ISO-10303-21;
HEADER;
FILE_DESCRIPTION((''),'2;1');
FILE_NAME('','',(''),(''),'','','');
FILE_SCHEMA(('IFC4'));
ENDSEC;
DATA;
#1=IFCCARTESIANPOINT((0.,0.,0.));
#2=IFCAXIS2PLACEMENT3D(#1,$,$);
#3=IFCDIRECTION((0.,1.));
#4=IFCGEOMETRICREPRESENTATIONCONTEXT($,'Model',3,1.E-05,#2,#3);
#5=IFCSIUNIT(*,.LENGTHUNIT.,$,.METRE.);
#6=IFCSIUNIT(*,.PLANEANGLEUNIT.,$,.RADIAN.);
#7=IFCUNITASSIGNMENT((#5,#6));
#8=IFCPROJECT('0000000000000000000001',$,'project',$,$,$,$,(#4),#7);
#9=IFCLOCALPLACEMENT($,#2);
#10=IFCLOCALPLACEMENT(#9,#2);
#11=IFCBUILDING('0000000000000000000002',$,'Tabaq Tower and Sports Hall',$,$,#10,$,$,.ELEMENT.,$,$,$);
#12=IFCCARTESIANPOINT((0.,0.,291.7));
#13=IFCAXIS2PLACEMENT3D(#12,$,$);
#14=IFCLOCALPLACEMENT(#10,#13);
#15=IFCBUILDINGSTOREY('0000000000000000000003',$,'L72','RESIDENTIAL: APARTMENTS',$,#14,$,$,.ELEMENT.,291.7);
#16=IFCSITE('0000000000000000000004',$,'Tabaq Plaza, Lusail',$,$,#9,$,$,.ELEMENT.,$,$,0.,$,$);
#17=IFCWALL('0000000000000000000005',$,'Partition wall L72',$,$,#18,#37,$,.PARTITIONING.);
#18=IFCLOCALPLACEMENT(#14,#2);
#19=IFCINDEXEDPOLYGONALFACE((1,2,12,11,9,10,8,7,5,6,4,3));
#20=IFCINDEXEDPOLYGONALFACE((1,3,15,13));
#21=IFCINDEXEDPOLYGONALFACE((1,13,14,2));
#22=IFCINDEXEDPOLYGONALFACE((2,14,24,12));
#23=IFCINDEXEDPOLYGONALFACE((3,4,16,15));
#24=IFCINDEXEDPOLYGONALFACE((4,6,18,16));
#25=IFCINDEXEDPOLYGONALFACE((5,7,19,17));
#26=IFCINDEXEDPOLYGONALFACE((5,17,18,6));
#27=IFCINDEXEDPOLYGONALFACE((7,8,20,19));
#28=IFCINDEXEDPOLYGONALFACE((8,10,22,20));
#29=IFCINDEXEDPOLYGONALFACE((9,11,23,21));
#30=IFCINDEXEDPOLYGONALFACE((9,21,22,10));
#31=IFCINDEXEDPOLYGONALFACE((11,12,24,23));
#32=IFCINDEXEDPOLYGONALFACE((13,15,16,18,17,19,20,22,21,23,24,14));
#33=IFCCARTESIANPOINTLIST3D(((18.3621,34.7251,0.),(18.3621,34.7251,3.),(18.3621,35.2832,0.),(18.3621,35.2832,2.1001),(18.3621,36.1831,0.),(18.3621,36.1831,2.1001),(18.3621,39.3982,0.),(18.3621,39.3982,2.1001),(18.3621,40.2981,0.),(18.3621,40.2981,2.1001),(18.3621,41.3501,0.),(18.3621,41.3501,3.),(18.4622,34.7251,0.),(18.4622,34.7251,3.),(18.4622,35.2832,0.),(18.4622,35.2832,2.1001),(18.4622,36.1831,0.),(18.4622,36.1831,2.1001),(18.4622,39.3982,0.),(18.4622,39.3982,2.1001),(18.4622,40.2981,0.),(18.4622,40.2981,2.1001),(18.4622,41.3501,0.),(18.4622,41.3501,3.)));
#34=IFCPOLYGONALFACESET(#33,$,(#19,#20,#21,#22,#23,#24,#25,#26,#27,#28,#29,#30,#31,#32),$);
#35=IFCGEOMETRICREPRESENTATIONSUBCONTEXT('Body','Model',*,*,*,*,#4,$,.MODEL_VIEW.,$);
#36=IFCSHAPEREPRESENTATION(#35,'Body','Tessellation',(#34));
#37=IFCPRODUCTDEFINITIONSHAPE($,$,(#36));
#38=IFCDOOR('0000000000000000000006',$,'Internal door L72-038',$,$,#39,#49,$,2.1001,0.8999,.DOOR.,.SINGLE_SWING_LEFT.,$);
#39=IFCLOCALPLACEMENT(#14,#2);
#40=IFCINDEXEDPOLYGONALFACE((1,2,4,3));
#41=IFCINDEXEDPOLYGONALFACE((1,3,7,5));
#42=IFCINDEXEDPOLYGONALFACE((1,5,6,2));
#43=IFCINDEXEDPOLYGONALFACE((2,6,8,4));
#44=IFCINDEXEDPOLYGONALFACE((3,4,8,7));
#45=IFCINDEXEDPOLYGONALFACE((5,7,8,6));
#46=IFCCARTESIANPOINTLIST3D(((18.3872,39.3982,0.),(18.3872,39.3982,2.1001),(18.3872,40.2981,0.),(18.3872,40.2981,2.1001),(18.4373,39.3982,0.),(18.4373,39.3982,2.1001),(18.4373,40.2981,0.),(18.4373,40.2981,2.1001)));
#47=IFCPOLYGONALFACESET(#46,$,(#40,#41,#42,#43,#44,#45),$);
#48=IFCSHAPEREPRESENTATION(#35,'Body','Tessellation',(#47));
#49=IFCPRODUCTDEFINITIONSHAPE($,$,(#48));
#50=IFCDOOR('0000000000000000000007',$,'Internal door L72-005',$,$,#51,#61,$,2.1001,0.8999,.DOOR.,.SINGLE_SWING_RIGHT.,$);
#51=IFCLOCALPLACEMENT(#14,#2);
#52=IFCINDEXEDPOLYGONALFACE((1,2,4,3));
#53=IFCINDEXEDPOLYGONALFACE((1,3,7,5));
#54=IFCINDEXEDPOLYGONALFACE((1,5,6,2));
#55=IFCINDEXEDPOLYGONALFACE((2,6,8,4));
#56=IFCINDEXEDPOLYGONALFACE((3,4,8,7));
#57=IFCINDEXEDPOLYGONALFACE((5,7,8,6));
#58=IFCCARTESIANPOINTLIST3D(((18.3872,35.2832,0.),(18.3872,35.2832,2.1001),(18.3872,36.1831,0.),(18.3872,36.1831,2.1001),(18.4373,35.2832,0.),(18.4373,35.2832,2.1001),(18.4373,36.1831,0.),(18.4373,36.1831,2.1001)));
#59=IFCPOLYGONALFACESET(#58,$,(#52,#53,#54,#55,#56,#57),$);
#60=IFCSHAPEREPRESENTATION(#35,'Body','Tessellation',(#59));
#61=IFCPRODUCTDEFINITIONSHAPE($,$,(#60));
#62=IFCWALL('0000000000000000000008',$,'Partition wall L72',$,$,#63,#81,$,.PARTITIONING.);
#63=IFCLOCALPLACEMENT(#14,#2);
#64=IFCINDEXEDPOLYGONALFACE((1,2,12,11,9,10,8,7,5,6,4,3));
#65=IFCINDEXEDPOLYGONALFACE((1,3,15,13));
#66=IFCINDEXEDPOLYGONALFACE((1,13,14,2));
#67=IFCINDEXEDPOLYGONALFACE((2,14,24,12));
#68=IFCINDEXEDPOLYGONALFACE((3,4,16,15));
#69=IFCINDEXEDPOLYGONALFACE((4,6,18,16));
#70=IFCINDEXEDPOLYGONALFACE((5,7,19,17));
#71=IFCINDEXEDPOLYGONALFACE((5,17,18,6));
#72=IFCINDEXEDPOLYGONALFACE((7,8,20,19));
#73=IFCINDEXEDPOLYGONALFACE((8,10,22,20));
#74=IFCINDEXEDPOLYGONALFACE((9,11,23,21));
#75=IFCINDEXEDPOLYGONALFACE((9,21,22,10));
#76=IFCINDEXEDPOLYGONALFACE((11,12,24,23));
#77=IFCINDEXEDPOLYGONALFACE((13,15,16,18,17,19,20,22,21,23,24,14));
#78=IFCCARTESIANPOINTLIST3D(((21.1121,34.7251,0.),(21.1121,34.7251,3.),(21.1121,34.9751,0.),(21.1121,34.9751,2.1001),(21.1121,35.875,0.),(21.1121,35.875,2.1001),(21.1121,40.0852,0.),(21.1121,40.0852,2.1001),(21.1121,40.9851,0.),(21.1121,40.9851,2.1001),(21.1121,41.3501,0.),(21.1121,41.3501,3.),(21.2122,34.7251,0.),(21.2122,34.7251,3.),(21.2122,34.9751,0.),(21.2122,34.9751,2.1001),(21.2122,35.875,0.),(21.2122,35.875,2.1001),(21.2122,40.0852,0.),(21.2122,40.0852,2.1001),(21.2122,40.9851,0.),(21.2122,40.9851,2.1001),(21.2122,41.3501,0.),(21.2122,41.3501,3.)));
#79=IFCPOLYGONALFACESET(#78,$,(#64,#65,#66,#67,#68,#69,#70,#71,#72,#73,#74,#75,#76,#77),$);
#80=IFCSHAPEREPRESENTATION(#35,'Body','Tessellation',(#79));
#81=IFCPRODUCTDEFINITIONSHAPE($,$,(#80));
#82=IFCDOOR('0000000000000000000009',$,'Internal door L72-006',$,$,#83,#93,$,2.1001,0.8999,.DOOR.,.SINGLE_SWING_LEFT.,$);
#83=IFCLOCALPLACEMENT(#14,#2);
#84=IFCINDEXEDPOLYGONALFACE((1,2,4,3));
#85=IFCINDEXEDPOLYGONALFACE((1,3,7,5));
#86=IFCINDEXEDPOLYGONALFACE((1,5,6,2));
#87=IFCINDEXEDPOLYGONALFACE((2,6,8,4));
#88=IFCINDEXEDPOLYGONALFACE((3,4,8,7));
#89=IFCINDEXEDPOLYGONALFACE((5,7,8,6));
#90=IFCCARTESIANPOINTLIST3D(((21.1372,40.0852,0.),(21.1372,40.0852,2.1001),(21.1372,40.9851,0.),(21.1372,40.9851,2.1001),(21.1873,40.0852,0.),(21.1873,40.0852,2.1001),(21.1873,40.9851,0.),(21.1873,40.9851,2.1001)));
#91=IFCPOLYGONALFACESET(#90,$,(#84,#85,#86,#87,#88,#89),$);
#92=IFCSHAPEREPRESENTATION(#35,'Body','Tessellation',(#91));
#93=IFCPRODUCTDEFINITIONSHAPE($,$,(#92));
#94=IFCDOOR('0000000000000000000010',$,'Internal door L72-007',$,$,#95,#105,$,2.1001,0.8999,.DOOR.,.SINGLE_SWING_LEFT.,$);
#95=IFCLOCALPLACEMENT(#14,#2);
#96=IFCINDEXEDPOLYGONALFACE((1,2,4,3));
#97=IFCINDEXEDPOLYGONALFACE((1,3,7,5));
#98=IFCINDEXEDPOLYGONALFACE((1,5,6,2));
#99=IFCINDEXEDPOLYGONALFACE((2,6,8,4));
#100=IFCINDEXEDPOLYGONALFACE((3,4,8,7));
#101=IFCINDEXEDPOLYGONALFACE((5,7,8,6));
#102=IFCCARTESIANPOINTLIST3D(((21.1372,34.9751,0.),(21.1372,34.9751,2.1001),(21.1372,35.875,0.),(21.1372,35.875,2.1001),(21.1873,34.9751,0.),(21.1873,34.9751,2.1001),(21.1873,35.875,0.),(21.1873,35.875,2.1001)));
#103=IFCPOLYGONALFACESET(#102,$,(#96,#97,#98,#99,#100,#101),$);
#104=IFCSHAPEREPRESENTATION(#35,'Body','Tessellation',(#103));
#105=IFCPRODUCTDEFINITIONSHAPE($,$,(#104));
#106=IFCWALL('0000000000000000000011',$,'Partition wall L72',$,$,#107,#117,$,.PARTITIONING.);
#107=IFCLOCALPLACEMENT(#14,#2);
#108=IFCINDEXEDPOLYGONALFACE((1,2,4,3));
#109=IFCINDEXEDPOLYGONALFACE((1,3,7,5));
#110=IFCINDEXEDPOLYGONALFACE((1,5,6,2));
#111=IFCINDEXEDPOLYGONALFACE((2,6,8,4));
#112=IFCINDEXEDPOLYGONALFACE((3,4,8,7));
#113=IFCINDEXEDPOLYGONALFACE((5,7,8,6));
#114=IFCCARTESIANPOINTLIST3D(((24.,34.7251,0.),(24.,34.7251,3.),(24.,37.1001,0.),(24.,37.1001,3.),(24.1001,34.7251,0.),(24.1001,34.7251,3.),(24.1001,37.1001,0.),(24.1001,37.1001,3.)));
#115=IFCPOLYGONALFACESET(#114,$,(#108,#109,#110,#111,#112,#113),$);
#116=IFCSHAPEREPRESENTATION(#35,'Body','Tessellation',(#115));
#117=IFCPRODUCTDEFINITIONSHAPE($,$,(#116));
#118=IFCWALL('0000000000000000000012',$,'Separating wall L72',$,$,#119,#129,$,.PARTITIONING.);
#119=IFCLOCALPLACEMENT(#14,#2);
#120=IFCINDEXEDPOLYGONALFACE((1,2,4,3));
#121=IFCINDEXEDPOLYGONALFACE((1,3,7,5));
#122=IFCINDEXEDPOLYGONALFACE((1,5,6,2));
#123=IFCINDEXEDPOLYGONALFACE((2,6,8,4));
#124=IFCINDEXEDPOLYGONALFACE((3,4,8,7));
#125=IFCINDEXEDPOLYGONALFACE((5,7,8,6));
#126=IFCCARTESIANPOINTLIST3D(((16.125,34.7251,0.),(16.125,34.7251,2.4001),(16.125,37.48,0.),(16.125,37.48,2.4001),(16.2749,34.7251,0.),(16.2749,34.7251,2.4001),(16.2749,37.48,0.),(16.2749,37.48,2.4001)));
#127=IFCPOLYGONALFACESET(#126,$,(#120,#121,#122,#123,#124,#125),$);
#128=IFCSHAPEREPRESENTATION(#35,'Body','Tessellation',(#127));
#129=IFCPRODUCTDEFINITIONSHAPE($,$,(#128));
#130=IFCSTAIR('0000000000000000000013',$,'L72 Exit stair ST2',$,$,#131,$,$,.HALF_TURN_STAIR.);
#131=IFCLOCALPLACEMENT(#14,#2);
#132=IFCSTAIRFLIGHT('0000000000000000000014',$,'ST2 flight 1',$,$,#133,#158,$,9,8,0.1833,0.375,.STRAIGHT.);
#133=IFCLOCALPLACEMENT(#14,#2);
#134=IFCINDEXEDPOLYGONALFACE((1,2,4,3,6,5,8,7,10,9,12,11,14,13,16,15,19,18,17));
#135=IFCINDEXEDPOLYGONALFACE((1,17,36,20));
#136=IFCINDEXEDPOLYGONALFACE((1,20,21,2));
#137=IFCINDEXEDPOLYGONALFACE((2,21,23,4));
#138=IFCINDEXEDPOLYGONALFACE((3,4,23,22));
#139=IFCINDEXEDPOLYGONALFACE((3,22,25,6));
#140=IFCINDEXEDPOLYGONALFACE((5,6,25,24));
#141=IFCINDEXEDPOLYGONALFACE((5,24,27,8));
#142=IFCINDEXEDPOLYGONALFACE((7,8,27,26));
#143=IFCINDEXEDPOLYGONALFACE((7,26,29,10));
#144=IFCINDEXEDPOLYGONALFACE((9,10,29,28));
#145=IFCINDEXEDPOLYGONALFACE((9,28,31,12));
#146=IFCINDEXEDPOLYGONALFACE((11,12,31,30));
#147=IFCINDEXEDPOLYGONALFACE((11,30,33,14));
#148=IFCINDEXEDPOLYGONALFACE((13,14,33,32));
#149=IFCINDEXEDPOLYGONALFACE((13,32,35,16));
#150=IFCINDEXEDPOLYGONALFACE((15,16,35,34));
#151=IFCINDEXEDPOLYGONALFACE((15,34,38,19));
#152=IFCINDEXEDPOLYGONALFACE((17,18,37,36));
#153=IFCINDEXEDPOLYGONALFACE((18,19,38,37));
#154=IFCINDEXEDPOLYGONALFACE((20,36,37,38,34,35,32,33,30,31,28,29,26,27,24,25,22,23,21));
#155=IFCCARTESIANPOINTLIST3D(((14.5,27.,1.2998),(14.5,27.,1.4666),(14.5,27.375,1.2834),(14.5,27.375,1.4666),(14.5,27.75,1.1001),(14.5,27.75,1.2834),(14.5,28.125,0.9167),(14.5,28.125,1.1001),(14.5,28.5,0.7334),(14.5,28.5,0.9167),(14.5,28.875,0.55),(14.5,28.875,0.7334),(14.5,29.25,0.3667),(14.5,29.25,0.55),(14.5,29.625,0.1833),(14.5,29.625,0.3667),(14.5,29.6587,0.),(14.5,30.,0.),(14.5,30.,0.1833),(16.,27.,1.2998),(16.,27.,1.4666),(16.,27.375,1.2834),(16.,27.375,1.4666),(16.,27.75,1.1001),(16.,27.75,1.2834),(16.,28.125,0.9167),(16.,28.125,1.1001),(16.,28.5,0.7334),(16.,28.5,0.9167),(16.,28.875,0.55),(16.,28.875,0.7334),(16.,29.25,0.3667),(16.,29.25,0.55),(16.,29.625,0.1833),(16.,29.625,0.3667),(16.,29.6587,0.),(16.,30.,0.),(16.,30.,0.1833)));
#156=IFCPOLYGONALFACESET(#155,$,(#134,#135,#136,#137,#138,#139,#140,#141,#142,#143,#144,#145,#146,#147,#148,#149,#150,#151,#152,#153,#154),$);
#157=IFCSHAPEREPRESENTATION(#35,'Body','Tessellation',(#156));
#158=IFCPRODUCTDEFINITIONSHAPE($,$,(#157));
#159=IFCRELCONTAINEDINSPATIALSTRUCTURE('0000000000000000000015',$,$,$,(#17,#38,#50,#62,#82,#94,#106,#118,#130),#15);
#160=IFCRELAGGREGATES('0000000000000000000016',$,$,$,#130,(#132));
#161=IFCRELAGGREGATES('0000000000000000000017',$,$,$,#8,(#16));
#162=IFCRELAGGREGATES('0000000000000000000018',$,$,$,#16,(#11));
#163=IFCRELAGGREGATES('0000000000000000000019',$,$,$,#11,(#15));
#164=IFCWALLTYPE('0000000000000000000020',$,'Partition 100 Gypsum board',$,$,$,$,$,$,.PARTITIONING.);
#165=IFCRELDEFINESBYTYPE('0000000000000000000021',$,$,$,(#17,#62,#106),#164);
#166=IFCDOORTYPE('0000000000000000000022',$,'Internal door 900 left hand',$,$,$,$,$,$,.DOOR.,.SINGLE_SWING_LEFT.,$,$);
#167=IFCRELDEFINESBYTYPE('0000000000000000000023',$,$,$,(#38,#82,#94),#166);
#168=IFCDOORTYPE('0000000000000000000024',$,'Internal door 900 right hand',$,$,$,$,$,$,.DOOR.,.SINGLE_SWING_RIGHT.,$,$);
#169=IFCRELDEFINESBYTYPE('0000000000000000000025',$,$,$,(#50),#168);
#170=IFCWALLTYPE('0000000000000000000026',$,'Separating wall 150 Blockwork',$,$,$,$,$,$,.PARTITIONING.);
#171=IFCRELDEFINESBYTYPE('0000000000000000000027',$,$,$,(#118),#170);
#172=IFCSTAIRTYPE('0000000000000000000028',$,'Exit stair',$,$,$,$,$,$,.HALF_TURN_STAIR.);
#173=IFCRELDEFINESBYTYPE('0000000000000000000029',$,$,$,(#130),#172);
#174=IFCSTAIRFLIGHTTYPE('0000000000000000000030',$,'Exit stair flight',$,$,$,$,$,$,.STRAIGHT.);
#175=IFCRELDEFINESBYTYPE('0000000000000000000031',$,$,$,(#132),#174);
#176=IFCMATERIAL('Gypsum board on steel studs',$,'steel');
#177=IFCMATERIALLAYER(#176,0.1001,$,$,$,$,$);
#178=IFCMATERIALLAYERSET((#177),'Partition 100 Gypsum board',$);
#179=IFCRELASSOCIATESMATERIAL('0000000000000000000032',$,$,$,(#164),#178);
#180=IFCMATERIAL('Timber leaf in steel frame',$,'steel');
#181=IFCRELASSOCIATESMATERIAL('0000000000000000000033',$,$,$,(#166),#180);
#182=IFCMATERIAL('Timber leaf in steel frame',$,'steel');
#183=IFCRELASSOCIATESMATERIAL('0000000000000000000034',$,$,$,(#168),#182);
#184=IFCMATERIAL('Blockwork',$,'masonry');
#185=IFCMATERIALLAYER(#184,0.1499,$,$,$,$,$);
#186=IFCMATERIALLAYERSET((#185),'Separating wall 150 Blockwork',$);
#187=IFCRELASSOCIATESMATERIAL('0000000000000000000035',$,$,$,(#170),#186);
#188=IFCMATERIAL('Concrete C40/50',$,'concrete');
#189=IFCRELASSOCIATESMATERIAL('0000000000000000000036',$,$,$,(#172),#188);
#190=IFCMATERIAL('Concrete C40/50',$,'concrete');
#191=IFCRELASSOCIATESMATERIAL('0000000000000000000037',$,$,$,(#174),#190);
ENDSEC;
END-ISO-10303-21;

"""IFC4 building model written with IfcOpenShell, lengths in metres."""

from ifc_helpers import new_model, si_unit, direction, frame, frame_2d, origin, place, context, subcontext, project, spatial, polyline, rectangle, outline, extrude, material, layer, layer_set, type_object, element, fill, aggregate, save


model = new_model("IFC4")

# Units and contexts
model_context = context("Model", 3, precision=1e-05, world=origin(), true_north=direction((0.0, 1.0)))
body_context = subcontext(model_context, "Body", "Model", "MODEL_VIEW")
ifc_project = project(units=[si_unit("LENGTHUNIT", "METRE"), si_unit("PLANEANGLEUNIT", "RADIAN")], contexts=[model_context])

# Site, building, storey
site_placement = place(None, origin())
site = spatial("IfcSite", under=ifc_project, at=site_placement, Name="Tabaq Plaza, Lusail", CompositionType="ELEMENT", RefElevation=0.0)
building_placement = place(site_placement, origin())
building = spatial("IfcBuilding", under=site, at=building_placement, Name="Tabaq Tower and Sports Hall", CompositionType="ELEMENT")
storey_placement = place(building_placement, frame((0.0, 0.0, 291.7)))
storey = spatial("IfcBuildingStorey", under=building, at=storey_placement, Name="L72", Description="RESIDENTIAL: APARTMENTS", CompositionType="ELEMENT", Elevation=291.7)

# Shared definitions
ifc_material_1 = material(Name="Gypsum board on steel studs", Category="steel")
ifc_layer_1 = layer(ifc_material_1, 0.1001)
ifc_layer_set_1 = layer_set([ifc_layer_1], Name="Partition 100 Gypsum board")
wall_type_1 = type_object("IfcWallType", Name="Partition 100 Gypsum board", PredefinedType="PARTITIONING", material=ifc_layer_set_1)

# Walls, openings, doors
wall_1_placement = place(storey_placement, frame((18.4121, 34.7251, 0.0), z_axis=(0.0, 0.0, 1.0), x_axis=(0.0, 1.0, 0.0)))
wall_1 = element("IfcWall", 1, at=wall_1_placement, inside=storey, type_object=wall_type_1, Name="Partition wall L72", PredefinedType="PARTITIONING", context=body_context, shape_type="SweptSolid", body=[
    extrude(rectangle(XDim=6.625, YDim=0.1001, at=frame_2d((3.3125, 0.0))), origin(), (0.0, 0.0, 1.0), 3.0),
])
opening_1_placement = place(wall_1_placement, frame((0.5581, 0.0, 0.0)))
opening_1 = element("IfcOpeningElement", 2, at=opening_1_placement, cuts=wall_1, PredefinedType="OPENING", context=body_context, shape_type="SweptSolid", body=[
    extrude(rectangle(XDim=0.8999, YDim=2.1001, at=frame_2d((0.45, 1.05))), frame((0.0, 0.05, 0.0), z_axis=(0.0, -1.0, 0.0), x_axis=(1.0, 0.0, 0.0)), (0.0, 0.0, 1.0), 0.1001),
])
opening_2_placement = place(wall_1_placement, frame((4.6731, 0.0, 0.0)))
opening_2 = element("IfcOpeningElement", 3, at=opening_2_placement, cuts=wall_1, PredefinedType="OPENING", context=body_context, shape_type="SweptSolid", body=[
    extrude(rectangle(XDim=0.8999, YDim=2.1001, at=frame_2d((0.45, 1.05))), frame((0.0, 0.05, 0.0), z_axis=(0.0, -1.0, 0.0), x_axis=(1.0, 0.0, 0.0)), (0.0, 0.0, 1.0), 0.1001),
])
ifc_material_2 = material(Name="Timber leaf in steel frame", Category="steel")
door_type_1 = type_object("IfcDoorType", Name="Internal door 900 left hand", OperationType="SINGLE_SWING_LEFT", PredefinedType="DOOR", material=ifc_material_2)
door_1_placement = place(opening_2_placement, origin())
door_1 = element("IfcDoor", 4, at=door_1_placement, inside=storey, type_object=door_type_1, Name="Internal door L72-038", OperationType="SINGLE_SWING_LEFT", OverallHeight=2.1001, OverallWidth=0.8999, PredefinedType="DOOR", context=body_context, shape_type="SweptSolid", body=[
    extrude(rectangle(XDim=0.8999, YDim=2.1001, at=frame_2d((0.45, 1.05))), frame((0.0, 0.0249, 0.0), z_axis=(0.0, -1.0, 0.0), x_axis=(1.0, 0.0, 0.0)), (0.0, 0.0, 1.0), 0.05),
])
fill(opening_2, door_1)
ifc_material_3 = material(Name="Timber leaf in steel frame", Category="steel")
door_type_2 = type_object("IfcDoorType", Name="Internal door 900 right hand", OperationType="SINGLE_SWING_RIGHT", PredefinedType="DOOR", material=ifc_material_3)
door_2_placement = place(opening_1_placement, origin())
door_2 = element("IfcDoor", 5, at=door_2_placement, inside=storey, type_object=door_type_2, Name="Internal door L72-005", OperationType="SINGLE_SWING_RIGHT", OverallHeight=2.1001, OverallWidth=0.8999, PredefinedType="DOOR", context=body_context, shape_type="SweptSolid", body=[
    extrude(rectangle(XDim=0.8999, YDim=2.1001, at=frame_2d((0.45, 1.05))), frame((0.0, 0.0249, 0.0), z_axis=(0.0, -1.0, 0.0), x_axis=(1.0, 0.0, 0.0)), (0.0, 0.0, 1.0), 0.05),
])
fill(opening_1, door_2)
wall_2_placement = place(storey_placement, frame((21.1621, 34.7251, 0.0), z_axis=(0.0, 0.0, 1.0), x_axis=(0.0, 1.0, 0.0)))
wall_2 = element("IfcWall", 6, at=wall_2_placement, inside=storey, type_object=wall_type_1, Name="Partition wall L72", PredefinedType="PARTITIONING", context=body_context, shape_type="SweptSolid", body=[
    extrude(rectangle(XDim=6.625, YDim=0.1001, at=frame_2d((3.3125, 0.0))), origin(), (0.0, 0.0, 1.0), 3.0),
])
opening_3_placement = place(wall_2_placement, frame((5.3601, 0.0, 0.0)))
opening_3 = element("IfcOpeningElement", 7, at=opening_3_placement, cuts=wall_2, PredefinedType="OPENING", context=body_context, shape_type="SweptSolid", body=[
    extrude(rectangle(XDim=0.8999, YDim=2.1001, at=frame_2d((0.45, 1.05))), frame((0.0, 0.05, 0.0), z_axis=(0.0, -1.0, 0.0), x_axis=(1.0, 0.0, 0.0)), (0.0, 0.0, 1.0), 0.1001),
])
opening_4_placement = place(wall_2_placement, frame((0.25, 0.0, 0.0)))
opening_4 = element("IfcOpeningElement", 8, at=opening_4_placement, cuts=wall_2, PredefinedType="OPENING", context=body_context, shape_type="SweptSolid", body=[
    extrude(rectangle(XDim=0.8999, YDim=2.1001, at=frame_2d((0.45, 1.05))), frame((0.0, 0.05, 0.0), z_axis=(0.0, -1.0, 0.0), x_axis=(1.0, 0.0, 0.0)), (0.0, 0.0, 1.0), 0.1001),
])
door_3_placement = place(opening_3_placement, origin())
door_3 = element("IfcDoor", 9, at=door_3_placement, inside=storey, type_object=door_type_1, Name="Internal door L72-006", OperationType="SINGLE_SWING_LEFT", OverallHeight=2.1001, OverallWidth=0.8999, PredefinedType="DOOR", context=body_context, shape_type="SweptSolid", body=[
    extrude(rectangle(XDim=0.8999, YDim=2.1001, at=frame_2d((0.45, 1.05))), frame((0.0, 0.0249, 0.0), z_axis=(0.0, -1.0, 0.0), x_axis=(1.0, 0.0, 0.0)), (0.0, 0.0, 1.0), 0.05),
])
fill(opening_3, door_3)
door_4_placement = place(opening_4_placement, origin())
door_4 = element("IfcDoor", 10, at=door_4_placement, inside=storey, type_object=door_type_1, Name="Internal door L72-007", OperationType="SINGLE_SWING_LEFT", OverallHeight=2.1001, OverallWidth=0.8999, PredefinedType="DOOR", context=body_context, shape_type="SweptSolid", body=[
    extrude(rectangle(XDim=0.8999, YDim=2.1001, at=frame_2d((0.45, 1.05))), frame((0.0, 0.0249, 0.0), z_axis=(0.0, -1.0, 0.0), x_axis=(1.0, 0.0, 0.0)), (0.0, 0.0, 1.0), 0.05),
])
fill(opening_4, door_4)

# Walls
wall_3_placement = place(storey_placement, frame((24.05, 34.7251, 0.0), z_axis=(0.0, 0.0, 1.0), x_axis=(0.0, 1.0, 0.0)))
element("IfcWall", 11, at=wall_3_placement, inside=storey, type_object=wall_type_1, Name="Partition wall L72", PredefinedType="PARTITIONING", context=body_context, shape_type="SweptSolid", body=[
    extrude(rectangle(XDim=2.375, YDim=0.1001, at=frame_2d((1.1875, 0.0))), origin(), (0.0, 0.0, 1.0), 3.0),
])
ifc_material_4 = material(Name="Blockwork", Category="masonry")
ifc_layer_2 = layer(ifc_material_4, 0.1499)
ifc_layer_set_2 = layer_set([ifc_layer_2], Name="Separating wall 150 Blockwork")
wall_type_2 = type_object("IfcWallType", Name="Separating wall 150 Blockwork", PredefinedType="PARTITIONING", material=ifc_layer_set_2)
wall_4_placement = place(storey_placement, frame((16.2, 34.7251, 0.0), z_axis=(0.0, 0.0, 1.0), x_axis=(0.0, 1.0, 0.0)))
element("IfcWall", 12, at=wall_4_placement, inside=storey, type_object=wall_type_2, Name="Separating wall L72", PredefinedType="PARTITIONING", context=body_context, shape_type="SweptSolid", body=[
    extrude(rectangle(XDim=2.7549, YDim=0.1499, at=frame_2d((1.3774, 0.0))), origin(), (0.0, 0.0, 1.0), 2.4001),
])

# Stair, stair flight
ifc_material_5 = material(Name="Concrete C40/50", Category="concrete")
stair_type = type_object("IfcStairType", Name="Exit stair", PredefinedType="HALF_TURN_STAIR", material=ifc_material_5)
stair_placement = place(storey_placement, origin())
stair = element("IfcStair", 13, at=stair_placement, inside=storey, type_object=stair_type, Name="L72 Exit stair ST2", PredefinedType="HALF_TURN_STAIR")
ifc_material_6 = material(Name="Concrete C40/50", Category="concrete")
stair_flight_type = type_object("IfcStairFlightType", Name="Exit stair flight", PredefinedType="STRAIGHT", material=ifc_material_6)
stair_flight_1_placement = place(storey_placement, frame((15.25, 30.0, 0.0), z_axis=(0.0, 0.0, 1.0), x_axis=(0.0, -1.0, 0.0)))
stair_flight_1 = element("IfcStairFlight", 14, at=stair_flight_1_placement, type_object=stair_flight_type, Name="ST2 flight 1", NumberOfRisers=9, NumberOfTreads=8, PredefinedType="STRAIGHT", RiserHeight=0.1833, TreadLength=0.375, context=body_context, shape_type="SweptSolid", body=[
    extrude(outline(polyline([(0.0, 0.0), (0.0, 0.1833), (0.375, 0.1833), (0.375, 0.3667), (0.75, 0.3667), (0.75, 0.55), (1.125, 0.55), (1.125, 0.7334), (1.5, 0.7334), (1.5, 0.9167), (1.875, 0.9167), (1.875, 1.1001), (2.25, 1.1001), (2.25, 1.2834), (2.625, 1.2834), (2.625, 1.4666), (3.0, 1.4666), (3.0, 1.6499), (3.0, 1.2998), (0.3413, 0.0), (0.0, 0.0)])), frame((0.0, 0.75, 0.0), z_axis=(0.0, -1.0, 0.0), x_axis=(1.0, 0.0, 0.0)), (0.0, 0.0, 1.0), 1.5),
])
aggregate(stair, [stair_flight_1])

save(model, "model.ifc")
